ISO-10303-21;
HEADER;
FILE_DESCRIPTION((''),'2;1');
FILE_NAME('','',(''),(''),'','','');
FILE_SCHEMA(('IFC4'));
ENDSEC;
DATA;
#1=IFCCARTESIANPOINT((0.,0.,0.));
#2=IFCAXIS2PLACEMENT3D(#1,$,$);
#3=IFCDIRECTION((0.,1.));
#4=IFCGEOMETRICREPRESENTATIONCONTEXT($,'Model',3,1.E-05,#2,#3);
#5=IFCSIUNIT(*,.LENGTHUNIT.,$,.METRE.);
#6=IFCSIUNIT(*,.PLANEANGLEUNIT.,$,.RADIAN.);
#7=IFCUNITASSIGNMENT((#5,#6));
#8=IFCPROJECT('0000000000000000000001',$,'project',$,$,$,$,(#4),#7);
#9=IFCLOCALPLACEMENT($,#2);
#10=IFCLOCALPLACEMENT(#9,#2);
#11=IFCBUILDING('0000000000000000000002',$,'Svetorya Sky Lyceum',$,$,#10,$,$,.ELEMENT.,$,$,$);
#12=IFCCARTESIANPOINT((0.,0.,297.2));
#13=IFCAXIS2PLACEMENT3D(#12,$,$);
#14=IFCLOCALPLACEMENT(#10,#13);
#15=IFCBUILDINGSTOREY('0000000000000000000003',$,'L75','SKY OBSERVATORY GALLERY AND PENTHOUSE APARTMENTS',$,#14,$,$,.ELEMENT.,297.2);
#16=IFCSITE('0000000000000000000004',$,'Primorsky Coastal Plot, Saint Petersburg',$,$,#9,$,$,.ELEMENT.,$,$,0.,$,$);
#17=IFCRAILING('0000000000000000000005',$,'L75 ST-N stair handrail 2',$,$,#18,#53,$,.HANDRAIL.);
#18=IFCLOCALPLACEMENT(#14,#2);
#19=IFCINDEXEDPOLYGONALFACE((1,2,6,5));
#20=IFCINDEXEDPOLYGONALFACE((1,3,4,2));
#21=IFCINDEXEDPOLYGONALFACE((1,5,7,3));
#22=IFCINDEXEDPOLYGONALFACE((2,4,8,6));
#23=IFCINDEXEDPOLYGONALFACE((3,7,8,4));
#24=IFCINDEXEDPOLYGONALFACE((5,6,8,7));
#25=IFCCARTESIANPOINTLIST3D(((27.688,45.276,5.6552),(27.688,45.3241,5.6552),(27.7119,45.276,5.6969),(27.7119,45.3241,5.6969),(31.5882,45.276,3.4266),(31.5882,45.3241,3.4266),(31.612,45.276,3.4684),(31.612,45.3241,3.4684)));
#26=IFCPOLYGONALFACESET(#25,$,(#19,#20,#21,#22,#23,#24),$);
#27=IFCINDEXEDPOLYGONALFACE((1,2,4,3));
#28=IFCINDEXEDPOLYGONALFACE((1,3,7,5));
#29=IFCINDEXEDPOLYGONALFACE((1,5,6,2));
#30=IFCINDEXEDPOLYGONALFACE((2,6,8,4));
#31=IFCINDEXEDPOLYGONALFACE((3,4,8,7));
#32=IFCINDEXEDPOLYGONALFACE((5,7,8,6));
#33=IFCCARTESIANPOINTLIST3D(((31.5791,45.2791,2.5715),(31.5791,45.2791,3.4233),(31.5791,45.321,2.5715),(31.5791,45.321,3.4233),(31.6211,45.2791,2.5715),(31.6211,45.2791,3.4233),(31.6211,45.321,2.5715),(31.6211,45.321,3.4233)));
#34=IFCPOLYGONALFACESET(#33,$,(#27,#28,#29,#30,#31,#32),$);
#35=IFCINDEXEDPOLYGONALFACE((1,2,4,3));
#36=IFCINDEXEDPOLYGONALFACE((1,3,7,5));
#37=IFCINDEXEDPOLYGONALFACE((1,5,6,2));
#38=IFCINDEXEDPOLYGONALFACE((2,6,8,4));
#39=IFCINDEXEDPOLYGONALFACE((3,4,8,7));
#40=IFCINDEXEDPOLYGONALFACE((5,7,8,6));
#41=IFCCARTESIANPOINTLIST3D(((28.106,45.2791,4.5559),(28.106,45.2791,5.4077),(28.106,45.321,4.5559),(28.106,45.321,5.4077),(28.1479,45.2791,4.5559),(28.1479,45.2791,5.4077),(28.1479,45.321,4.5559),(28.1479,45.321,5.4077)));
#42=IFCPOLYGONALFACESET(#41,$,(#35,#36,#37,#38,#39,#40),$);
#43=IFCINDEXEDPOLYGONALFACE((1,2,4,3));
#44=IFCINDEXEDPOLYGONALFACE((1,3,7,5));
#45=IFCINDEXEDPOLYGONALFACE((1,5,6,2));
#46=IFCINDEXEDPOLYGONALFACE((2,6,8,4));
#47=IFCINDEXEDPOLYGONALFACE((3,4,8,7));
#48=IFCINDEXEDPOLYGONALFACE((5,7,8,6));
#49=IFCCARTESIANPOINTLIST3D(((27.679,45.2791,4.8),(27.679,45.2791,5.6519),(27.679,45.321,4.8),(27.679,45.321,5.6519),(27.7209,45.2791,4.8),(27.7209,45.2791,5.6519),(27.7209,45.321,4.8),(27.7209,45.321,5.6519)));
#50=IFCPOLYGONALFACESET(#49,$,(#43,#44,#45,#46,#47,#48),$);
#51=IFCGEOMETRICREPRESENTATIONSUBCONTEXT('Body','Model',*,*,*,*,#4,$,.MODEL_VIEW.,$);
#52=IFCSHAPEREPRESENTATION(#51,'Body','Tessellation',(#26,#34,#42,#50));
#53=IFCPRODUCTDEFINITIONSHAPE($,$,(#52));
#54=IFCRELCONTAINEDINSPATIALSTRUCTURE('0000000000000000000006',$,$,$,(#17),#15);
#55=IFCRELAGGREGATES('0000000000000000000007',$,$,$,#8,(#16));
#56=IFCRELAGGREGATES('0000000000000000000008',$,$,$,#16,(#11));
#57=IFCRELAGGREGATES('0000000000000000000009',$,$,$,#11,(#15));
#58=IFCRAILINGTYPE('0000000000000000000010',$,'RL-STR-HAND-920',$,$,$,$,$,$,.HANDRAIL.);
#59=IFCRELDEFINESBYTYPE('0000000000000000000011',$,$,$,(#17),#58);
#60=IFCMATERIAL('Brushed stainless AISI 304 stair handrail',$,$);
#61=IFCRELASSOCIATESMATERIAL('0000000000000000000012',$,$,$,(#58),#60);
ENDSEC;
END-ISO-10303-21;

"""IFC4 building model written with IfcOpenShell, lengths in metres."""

from ifc_helpers import new_model, si_unit, direction, frame, origin, origin_2d, place, context, subcontext, project, spatial, rectangle, extrude, material, type_object, element, save


model = new_model("IFC4")

# Units and contexts
model_context = context("Model", 3, precision=1e-05, world=origin(), true_north=direction((0.0, 1.0)))
body_context = subcontext(model_context, "Body", "Model", "MODEL_VIEW")
ifc_project = project(units=[si_unit("LENGTHUNIT", "METRE"), si_unit("PLANEANGLEUNIT", "RADIAN")], contexts=[model_context])

# Site, building, storey
site_placement = place(None, origin())
site = spatial("IfcSite", under=ifc_project, at=site_placement, Name="Primorsky Coastal Plot, Saint Petersburg", CompositionType="ELEMENT", RefElevation=0.0)
building_placement = place(site_placement, origin())
building = spatial("IfcBuilding", under=site, at=building_placement, Name="Svetorya Sky Lyceum", CompositionType="ELEMENT")
storey_placement = place(building_placement, frame((0.0, 0.0, 297.2)))
storey = spatial("IfcBuildingStorey", under=building, at=storey_placement, Name="L75", Description="SKY OBSERVATORY GALLERY AND PENTHOUSE APARTMENTS", CompositionType="ELEMENT", Elevation=297.2)

# Railing
ifc_material_1 = material(Name="Brushed stainless AISI 304 stair handrail")
railing_type_1 = type_object("IfcRailingType", Name="RL-STR-HAND-920", PredefinedType="HANDRAIL", material=ifc_material_1)
railing_1_placement = place(storey_placement, frame((31.6001, 45.3, 2.5715)))
element("IfcRailing", 1, at=railing_1_placement, inside=storey, type_object=railing_type_1, Name="L75 ST-N stair handrail 2", PredefinedType="HANDRAIL", context=body_context, shape_type="SweptSolid", body=[
    extrude(rectangle(XDim=0.0481, YDim=0.0481, at=origin_2d()), frame((0.0, 0.0, 0.876), z_axis=(-0.868257, 0.0, 0.496116), x_axis=(0.0, -1.0, 0.0)), (0.0, 0.0, 1.0), 4.4919),
    extrude(rectangle(XDim=0.042, YDim=0.042, at=origin_2d()), origin(), (0.0, 0.0, 1.0), 0.8518),
    extrude(rectangle(XDim=0.042, YDim=0.042, at=origin_2d()), frame((-3.4731, 0.0, 1.9844)), (0.0, 0.0, 1.0), 0.8518),
    extrude(rectangle(XDim=0.042, YDim=0.042, at=origin_2d()), frame((-3.9001, 0.0, 2.2285)), (0.0, 0.0, 1.0), 0.8518),
])

save(model, "model.ifc")
